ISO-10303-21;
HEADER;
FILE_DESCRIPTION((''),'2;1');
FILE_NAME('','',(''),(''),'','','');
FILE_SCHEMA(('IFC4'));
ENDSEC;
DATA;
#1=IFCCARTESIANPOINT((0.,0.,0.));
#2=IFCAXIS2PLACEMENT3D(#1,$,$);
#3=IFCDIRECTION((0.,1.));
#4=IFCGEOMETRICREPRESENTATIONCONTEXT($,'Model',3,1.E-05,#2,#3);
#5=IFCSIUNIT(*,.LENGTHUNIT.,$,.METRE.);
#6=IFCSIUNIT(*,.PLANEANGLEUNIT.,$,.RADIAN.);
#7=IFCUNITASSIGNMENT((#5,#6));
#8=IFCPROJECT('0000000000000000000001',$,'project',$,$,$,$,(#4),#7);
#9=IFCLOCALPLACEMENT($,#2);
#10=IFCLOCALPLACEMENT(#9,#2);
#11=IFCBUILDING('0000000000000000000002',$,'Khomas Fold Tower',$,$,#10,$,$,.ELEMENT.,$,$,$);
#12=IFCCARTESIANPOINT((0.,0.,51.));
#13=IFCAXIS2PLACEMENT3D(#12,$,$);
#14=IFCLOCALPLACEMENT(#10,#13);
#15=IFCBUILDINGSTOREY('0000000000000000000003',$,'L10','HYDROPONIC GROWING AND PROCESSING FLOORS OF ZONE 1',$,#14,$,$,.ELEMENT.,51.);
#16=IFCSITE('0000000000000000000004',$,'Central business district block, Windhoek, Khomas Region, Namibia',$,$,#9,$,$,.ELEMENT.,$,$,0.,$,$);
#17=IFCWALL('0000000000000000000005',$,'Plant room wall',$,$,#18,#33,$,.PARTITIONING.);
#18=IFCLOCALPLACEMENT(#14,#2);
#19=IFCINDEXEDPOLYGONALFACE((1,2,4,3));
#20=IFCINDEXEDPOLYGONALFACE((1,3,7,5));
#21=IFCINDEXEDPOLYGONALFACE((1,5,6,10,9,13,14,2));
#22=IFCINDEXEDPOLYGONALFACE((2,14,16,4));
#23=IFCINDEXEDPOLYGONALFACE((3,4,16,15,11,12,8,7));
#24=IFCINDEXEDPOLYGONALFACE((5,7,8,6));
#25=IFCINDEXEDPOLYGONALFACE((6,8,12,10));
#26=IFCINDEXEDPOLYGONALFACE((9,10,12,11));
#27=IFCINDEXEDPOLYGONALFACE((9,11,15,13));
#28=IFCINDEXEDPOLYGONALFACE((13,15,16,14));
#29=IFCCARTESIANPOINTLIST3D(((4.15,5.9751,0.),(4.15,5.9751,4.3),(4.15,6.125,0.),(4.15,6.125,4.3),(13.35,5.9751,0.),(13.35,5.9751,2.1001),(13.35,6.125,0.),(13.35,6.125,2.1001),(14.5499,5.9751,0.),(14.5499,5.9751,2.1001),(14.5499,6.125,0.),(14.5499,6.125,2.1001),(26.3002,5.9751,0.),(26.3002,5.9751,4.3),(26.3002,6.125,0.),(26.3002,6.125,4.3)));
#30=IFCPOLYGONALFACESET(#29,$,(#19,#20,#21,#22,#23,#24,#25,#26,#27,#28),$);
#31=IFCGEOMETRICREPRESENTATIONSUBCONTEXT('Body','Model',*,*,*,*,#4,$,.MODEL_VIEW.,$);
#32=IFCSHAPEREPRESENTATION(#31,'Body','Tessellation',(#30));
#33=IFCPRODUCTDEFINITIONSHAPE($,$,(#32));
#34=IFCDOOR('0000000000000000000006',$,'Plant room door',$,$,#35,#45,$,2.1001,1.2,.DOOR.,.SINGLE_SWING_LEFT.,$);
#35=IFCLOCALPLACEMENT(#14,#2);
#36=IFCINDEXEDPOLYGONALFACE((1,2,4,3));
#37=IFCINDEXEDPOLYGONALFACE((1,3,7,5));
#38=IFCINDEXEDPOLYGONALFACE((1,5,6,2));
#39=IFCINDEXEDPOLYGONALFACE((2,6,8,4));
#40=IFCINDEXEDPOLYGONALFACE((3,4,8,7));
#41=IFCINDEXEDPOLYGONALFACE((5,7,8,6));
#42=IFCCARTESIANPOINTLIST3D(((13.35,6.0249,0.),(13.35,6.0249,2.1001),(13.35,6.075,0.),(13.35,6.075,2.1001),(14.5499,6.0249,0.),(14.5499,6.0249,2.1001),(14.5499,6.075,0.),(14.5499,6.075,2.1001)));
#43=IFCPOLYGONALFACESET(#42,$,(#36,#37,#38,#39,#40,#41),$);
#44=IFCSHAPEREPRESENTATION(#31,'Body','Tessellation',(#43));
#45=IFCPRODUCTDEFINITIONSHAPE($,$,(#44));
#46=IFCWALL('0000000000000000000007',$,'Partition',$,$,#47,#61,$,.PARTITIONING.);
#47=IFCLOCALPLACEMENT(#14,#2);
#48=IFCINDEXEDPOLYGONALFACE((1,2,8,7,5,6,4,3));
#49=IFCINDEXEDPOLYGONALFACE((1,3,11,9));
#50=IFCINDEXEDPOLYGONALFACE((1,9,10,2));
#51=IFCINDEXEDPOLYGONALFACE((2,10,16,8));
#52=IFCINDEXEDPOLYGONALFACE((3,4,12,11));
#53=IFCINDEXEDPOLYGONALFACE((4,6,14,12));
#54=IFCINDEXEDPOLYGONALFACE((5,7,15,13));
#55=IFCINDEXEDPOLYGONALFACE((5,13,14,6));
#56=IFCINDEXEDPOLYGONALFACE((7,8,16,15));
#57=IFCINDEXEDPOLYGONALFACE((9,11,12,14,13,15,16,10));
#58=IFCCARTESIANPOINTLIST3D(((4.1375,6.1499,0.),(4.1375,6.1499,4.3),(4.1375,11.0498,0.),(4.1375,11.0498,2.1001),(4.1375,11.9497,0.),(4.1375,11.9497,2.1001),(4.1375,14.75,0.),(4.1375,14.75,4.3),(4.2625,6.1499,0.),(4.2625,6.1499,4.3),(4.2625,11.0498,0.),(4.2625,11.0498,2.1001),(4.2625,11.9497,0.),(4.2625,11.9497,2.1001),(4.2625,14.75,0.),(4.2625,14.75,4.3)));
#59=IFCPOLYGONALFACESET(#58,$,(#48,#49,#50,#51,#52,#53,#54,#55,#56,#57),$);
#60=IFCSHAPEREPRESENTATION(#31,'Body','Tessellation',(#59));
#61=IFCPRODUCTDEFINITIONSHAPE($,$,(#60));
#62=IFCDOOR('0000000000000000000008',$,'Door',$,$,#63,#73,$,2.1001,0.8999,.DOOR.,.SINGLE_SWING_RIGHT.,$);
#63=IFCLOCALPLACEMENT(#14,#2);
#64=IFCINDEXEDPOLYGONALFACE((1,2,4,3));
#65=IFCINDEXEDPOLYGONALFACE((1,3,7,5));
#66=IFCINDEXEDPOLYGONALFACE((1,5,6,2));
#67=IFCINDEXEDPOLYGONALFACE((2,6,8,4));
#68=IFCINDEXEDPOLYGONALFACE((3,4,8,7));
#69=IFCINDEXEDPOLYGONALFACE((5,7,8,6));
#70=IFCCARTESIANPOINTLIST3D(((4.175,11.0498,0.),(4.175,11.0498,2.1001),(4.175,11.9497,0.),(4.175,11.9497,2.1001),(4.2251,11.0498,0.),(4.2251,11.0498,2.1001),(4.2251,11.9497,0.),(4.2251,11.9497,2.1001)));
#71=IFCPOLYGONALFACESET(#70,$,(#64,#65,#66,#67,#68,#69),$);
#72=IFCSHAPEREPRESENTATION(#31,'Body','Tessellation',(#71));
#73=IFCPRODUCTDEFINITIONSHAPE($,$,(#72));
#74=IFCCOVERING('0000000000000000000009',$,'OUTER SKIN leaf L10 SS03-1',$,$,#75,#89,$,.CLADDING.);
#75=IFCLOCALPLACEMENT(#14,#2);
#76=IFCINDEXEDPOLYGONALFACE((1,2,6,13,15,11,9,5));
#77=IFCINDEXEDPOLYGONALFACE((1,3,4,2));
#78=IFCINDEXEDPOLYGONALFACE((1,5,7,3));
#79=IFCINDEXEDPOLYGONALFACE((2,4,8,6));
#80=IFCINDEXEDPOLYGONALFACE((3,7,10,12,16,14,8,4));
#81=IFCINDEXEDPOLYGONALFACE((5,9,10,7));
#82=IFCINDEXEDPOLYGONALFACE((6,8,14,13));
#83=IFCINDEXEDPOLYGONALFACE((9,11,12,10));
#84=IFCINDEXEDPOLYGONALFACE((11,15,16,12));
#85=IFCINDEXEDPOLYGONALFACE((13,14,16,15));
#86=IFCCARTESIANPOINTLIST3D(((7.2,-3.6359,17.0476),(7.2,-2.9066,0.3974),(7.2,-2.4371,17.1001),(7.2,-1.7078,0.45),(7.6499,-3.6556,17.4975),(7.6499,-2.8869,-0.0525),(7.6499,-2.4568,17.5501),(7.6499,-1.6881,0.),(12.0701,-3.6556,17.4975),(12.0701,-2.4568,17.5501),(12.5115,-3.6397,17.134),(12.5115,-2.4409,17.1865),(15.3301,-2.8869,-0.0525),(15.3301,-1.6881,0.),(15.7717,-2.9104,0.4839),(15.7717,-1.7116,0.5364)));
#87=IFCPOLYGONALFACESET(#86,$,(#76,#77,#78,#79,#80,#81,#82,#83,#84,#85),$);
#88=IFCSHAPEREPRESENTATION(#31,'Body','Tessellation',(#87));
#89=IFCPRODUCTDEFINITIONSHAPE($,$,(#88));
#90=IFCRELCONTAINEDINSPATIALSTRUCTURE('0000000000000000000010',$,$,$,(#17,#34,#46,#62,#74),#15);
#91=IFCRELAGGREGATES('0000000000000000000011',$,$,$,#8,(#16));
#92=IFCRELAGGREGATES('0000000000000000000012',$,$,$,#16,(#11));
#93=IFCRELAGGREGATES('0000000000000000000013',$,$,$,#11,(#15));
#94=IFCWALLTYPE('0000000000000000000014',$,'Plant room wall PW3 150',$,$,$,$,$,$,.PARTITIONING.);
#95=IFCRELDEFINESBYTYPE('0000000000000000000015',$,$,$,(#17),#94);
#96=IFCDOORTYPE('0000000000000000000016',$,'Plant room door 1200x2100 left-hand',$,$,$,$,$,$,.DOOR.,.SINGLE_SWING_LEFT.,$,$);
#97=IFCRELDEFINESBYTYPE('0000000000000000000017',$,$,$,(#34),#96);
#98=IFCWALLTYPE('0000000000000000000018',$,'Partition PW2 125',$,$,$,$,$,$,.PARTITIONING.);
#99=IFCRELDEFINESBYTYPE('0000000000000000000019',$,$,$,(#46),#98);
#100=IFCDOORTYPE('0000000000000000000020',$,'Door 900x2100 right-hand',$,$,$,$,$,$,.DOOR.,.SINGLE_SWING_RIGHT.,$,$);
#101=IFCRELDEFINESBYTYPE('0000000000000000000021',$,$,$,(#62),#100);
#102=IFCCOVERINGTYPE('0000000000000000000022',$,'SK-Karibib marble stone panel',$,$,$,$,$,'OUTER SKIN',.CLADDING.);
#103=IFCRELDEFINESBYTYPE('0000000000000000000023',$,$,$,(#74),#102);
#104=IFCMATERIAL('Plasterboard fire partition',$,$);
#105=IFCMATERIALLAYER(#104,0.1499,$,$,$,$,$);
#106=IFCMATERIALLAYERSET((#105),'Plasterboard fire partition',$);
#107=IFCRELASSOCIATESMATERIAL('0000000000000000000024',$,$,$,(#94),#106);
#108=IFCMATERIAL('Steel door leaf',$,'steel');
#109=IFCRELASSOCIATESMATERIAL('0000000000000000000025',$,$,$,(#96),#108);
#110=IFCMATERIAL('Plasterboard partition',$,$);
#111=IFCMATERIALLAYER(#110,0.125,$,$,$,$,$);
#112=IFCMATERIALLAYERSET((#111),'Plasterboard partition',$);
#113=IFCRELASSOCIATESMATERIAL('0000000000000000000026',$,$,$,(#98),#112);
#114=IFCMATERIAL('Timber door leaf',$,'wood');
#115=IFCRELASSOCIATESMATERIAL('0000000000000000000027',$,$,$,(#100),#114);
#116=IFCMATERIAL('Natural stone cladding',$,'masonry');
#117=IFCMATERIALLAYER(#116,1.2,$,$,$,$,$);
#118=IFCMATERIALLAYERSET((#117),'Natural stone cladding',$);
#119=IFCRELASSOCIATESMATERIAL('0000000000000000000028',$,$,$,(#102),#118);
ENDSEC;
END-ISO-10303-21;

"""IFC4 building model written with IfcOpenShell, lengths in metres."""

from ifc_helpers import new_model, si_unit, direction, frame, frame_2d, origin, place, context, subcontext, project, spatial, polyline, rectangle, outline, extrude, source, transform, mapped, material, layer, layer_set, type_object, element, fill, save


model = new_model("IFC4")

# Units and contexts
model_context = context("Model", 3, precision=1e-05, world=origin(), true_north=direction((0.0, 1.0)))
body_context = subcontext(model_context, "Body", "Model", "MODEL_VIEW")
ifc_project = project(units=[si_unit("LENGTHUNIT", "METRE"), si_unit("PLANEANGLEUNIT", "RADIAN")], contexts=[model_context])

# Site, building, storey
site_placement = place(None, origin())
site = spatial("IfcSite", under=ifc_project, at=site_placement, Name="Central business district block, Windhoek, Khomas Region, Namibia", CompositionType="ELEMENT", RefElevation=0.0)
building_placement = place(site_placement, origin())
building = spatial("IfcBuilding", under=site, at=building_placement, Name="Khomas Fold Tower", CompositionType="ELEMENT")
storey_placement = place(building_placement, frame((0.0, 0.0, 51.0)))
storey = spatial("IfcBuildingStorey", under=building, at=storey_placement, Name="L10", Description="HYDROPONIC GROWING AND PROCESSING FLOORS OF ZONE 1", CompositionType="ELEMENT", Elevation=51.0)

# Shared definitions
shared_shape_1 = source(origin(), body_context, "Body", "SweptSolid", [
    extrude(rectangle(XDim=1.2, YDim=2.1001, at=frame_2d((0.6001, 1.05))), frame((0.0, 0.0249, 0.0), z_axis=(0.0, -1.0, 0.0), x_axis=(1.0, 0.0, 0.0)), (0.0, 0.0, 1.0), 0.05),
])

# Walls, openings, doors
ifc_material_1 = material(Name="Plasterboard fire partition")
ifc_layer_1 = layer(ifc_material_1, 0.1499)
ifc_layer_set_1 = layer_set([ifc_layer_1], Name="Plasterboard fire partition")
wall_type_1 = type_object("IfcWallType", Name="Plant room wall PW3 150", PredefinedType="PARTITIONING", material=ifc_layer_set_1)
shared_shape_2 = source(origin(), body_context, "Body", "SweptSolid", [
    extrude(rectangle(XDim=22.1501, YDim=0.1499, at=frame_2d((11.0752, 0.0))), origin(), (0.0, 0.0, 1.0), 4.3),
])
wall_1_placement = place(storey_placement, frame((4.1499, 6.05, 0.0), z_axis=(0.0, 0.0, 1.0), x_axis=(1.0, 0.0, 0.0)))
wall_1 = element("IfcWall", 1, at=wall_1_placement, inside=storey, type_object=wall_type_1, Name="Plant room wall", PredefinedType="PARTITIONING", context=body_context, shape_type="MappedRepresentation", body=[
    mapped(shared_shape_2, transform((0.0, 0.0, 0.0))),
])
shared_shape_3 = source(origin(), body_context, "Body", "SweptSolid", [
    extrude(rectangle(XDim=1.2, YDim=2.1001, at=frame_2d((0.6001, 1.05))), frame((0.0, 0.085, 0.0), z_axis=(0.0, -1.0, 0.0), x_axis=(1.0, 0.0, 0.0)), (0.0, 0.0, 1.0), 0.1699),
])
opening_1_placement = place(wall_1_placement, frame((9.2, 0.0, 0.0)))
opening_1 = element("IfcOpeningElement", 2, at=opening_1_placement, cuts=wall_1, PredefinedType="OPENING", context=body_context, shape_type="MappedRepresentation", body=[
    mapped(shared_shape_3, transform((0.0, 0.0, 0.0))),
])
ifc_material_2 = material(Name="Steel door leaf", Category="steel")
door_type_1 = type_object("IfcDoorType", Name="Plant room door 1200x2100 left-hand", OperationType="SINGLE_SWING_LEFT", PredefinedType="DOOR", material=ifc_material_2)
door_1_placement = place(opening_1_placement, origin())
door_1 = element("IfcDoor", 3, at=door_1_placement, inside=storey, type_object=door_type_1, Name="Plant room door", OperationType="SINGLE_SWING_LEFT", OverallHeight=2.1001, OverallWidth=1.2, PredefinedType="DOOR", context=body_context, shape_type="MappedRepresentation", body=[
    mapped(shared_shape_1, transform((0.0, 0.0, 0.0))),
])
fill(opening_1, door_1)
ifc_material_3 = material(Name="Plasterboard partition")
ifc_layer_2 = layer(ifc_material_3, 0.125)
ifc_layer_set_2 = layer_set([ifc_layer_2], Name="Plasterboard partition")
wall_type_2 = type_object("IfcWallType", Name="Partition PW2 125", PredefinedType="PARTITIONING", material=ifc_layer_set_2)
shared_shape_4 = source(origin(), body_context, "Body", "SweptSolid", [
    extrude(rectangle(XDim=8.6001, YDim=0.125, at=frame_2d((4.3, 0.0))), origin(), (0.0, 0.0, 1.0), 4.3),
])
wall_2_placement = place(storey_placement, frame((4.2, 6.1499, 0.0), z_axis=(0.0, 0.0, 1.0), x_axis=(0.0, 1.0, 0.0)))
wall_2 = element("IfcWall", 4, at=wall_2_placement, inside=storey, type_object=wall_type_2, Name="Partition", PredefinedType="PARTITIONING", context=body_context, shape_type="MappedRepresentation", body=[
    mapped(shared_shape_4, transform((0.0, 0.0, 0.0))),
])
shared_shape_5 = source(origin(), body_context, "Body", "SweptSolid", [
    extrude(rectangle(XDim=0.8999, YDim=2.1001, at=frame_2d((0.45, 1.05))), frame((0.0, 0.0725, 0.0), z_axis=(0.0, -1.0, 0.0), x_axis=(1.0, 0.0, 0.0)), (0.0, 0.0, 1.0), 0.145),
])
opening_2_placement = place(wall_2_placement, frame((4.8999, 0.0, 0.0)))
opening_2 = element("IfcOpeningElement", 5, at=opening_2_placement, cuts=wall_2, PredefinedType="OPENING", context=body_context, shape_type="MappedRepresentation", body=[
    mapped(shared_shape_5, transform((0.0, 0.0, 0.0))),
])
ifc_material_4 = material(Name="Timber door leaf", Category="wood")
door_type_2 = type_object("IfcDoorType", Name="Door 900x2100 right-hand", OperationType="SINGLE_SWING_RIGHT", PredefinedType="DOOR", material=ifc_material_4)
shared_shape_6 = source(origin(), body_context, "Body", "SweptSolid", [
    extrude(rectangle(XDim=0.8999, YDim=2.1001, at=frame_2d((0.45, 1.05))), frame((0.0, 0.0249, 0.0), z_axis=(0.0, -1.0, 0.0), x_axis=(1.0, 0.0, 0.0)), (0.0, 0.0, 1.0), 0.05),
])
door_2_placement = place(opening_2_placement, origin())
door_2 = element("IfcDoor", 6, at=door_2_placement, inside=storey, type_object=door_type_2, Name="Door", OperationType="SINGLE_SWING_RIGHT", OverallHeight=2.1001, OverallWidth=0.8999, PredefinedType="DOOR", context=body_context, shape_type="MappedRepresentation", body=[
    mapped(shared_shape_6, transform((0.0, 0.0, 0.0))),
])
fill(opening_2, door_2)

# Covering
ifc_material_5 = material(Name="Natural stone cladding", Category="masonry")
ifc_layer_3 = layer(ifc_material_5, 1.2)
ifc_layer_set_3 = layer_set([ifc_layer_3], Name="Natural stone cladding")
covering_type = type_object("IfcCoveringType", Name="SK-Karibib marble stone panel", ElementType="OUTER SKIN", PredefinedType="CLADDING", material=ifc_layer_set_3)
covering_placement = place(storey_placement, frame((12.5115, -2.4409, 17.1865), z_axis=(0.0, 0.999042, 0.043763), x_axis=(0.191983, 0.042949, -0.980458)))
element("IfcCovering", 7, at=covering_placement, inside=storey, type_object=covering_type, Name="OUTER SKIN leaf L10 SS03-1", PredefinedType="CLADDING", context=body_context, shape_type="SweptSolid", body=[
    extrude(outline(polyline([(0.0, 0.0), (16.982, 0.0), (17.4241, 0.5365), (15.9497, 8.0738), (15.4213, 8.4289), (-0.9348, 5.2293), (-1.2905, 4.7013), (-0.4419, 0.3633), (0.0, 0.0)])), origin(), (0.0, 0.0, -1.0), 1.2),
])

save(model, "model.ifc")
